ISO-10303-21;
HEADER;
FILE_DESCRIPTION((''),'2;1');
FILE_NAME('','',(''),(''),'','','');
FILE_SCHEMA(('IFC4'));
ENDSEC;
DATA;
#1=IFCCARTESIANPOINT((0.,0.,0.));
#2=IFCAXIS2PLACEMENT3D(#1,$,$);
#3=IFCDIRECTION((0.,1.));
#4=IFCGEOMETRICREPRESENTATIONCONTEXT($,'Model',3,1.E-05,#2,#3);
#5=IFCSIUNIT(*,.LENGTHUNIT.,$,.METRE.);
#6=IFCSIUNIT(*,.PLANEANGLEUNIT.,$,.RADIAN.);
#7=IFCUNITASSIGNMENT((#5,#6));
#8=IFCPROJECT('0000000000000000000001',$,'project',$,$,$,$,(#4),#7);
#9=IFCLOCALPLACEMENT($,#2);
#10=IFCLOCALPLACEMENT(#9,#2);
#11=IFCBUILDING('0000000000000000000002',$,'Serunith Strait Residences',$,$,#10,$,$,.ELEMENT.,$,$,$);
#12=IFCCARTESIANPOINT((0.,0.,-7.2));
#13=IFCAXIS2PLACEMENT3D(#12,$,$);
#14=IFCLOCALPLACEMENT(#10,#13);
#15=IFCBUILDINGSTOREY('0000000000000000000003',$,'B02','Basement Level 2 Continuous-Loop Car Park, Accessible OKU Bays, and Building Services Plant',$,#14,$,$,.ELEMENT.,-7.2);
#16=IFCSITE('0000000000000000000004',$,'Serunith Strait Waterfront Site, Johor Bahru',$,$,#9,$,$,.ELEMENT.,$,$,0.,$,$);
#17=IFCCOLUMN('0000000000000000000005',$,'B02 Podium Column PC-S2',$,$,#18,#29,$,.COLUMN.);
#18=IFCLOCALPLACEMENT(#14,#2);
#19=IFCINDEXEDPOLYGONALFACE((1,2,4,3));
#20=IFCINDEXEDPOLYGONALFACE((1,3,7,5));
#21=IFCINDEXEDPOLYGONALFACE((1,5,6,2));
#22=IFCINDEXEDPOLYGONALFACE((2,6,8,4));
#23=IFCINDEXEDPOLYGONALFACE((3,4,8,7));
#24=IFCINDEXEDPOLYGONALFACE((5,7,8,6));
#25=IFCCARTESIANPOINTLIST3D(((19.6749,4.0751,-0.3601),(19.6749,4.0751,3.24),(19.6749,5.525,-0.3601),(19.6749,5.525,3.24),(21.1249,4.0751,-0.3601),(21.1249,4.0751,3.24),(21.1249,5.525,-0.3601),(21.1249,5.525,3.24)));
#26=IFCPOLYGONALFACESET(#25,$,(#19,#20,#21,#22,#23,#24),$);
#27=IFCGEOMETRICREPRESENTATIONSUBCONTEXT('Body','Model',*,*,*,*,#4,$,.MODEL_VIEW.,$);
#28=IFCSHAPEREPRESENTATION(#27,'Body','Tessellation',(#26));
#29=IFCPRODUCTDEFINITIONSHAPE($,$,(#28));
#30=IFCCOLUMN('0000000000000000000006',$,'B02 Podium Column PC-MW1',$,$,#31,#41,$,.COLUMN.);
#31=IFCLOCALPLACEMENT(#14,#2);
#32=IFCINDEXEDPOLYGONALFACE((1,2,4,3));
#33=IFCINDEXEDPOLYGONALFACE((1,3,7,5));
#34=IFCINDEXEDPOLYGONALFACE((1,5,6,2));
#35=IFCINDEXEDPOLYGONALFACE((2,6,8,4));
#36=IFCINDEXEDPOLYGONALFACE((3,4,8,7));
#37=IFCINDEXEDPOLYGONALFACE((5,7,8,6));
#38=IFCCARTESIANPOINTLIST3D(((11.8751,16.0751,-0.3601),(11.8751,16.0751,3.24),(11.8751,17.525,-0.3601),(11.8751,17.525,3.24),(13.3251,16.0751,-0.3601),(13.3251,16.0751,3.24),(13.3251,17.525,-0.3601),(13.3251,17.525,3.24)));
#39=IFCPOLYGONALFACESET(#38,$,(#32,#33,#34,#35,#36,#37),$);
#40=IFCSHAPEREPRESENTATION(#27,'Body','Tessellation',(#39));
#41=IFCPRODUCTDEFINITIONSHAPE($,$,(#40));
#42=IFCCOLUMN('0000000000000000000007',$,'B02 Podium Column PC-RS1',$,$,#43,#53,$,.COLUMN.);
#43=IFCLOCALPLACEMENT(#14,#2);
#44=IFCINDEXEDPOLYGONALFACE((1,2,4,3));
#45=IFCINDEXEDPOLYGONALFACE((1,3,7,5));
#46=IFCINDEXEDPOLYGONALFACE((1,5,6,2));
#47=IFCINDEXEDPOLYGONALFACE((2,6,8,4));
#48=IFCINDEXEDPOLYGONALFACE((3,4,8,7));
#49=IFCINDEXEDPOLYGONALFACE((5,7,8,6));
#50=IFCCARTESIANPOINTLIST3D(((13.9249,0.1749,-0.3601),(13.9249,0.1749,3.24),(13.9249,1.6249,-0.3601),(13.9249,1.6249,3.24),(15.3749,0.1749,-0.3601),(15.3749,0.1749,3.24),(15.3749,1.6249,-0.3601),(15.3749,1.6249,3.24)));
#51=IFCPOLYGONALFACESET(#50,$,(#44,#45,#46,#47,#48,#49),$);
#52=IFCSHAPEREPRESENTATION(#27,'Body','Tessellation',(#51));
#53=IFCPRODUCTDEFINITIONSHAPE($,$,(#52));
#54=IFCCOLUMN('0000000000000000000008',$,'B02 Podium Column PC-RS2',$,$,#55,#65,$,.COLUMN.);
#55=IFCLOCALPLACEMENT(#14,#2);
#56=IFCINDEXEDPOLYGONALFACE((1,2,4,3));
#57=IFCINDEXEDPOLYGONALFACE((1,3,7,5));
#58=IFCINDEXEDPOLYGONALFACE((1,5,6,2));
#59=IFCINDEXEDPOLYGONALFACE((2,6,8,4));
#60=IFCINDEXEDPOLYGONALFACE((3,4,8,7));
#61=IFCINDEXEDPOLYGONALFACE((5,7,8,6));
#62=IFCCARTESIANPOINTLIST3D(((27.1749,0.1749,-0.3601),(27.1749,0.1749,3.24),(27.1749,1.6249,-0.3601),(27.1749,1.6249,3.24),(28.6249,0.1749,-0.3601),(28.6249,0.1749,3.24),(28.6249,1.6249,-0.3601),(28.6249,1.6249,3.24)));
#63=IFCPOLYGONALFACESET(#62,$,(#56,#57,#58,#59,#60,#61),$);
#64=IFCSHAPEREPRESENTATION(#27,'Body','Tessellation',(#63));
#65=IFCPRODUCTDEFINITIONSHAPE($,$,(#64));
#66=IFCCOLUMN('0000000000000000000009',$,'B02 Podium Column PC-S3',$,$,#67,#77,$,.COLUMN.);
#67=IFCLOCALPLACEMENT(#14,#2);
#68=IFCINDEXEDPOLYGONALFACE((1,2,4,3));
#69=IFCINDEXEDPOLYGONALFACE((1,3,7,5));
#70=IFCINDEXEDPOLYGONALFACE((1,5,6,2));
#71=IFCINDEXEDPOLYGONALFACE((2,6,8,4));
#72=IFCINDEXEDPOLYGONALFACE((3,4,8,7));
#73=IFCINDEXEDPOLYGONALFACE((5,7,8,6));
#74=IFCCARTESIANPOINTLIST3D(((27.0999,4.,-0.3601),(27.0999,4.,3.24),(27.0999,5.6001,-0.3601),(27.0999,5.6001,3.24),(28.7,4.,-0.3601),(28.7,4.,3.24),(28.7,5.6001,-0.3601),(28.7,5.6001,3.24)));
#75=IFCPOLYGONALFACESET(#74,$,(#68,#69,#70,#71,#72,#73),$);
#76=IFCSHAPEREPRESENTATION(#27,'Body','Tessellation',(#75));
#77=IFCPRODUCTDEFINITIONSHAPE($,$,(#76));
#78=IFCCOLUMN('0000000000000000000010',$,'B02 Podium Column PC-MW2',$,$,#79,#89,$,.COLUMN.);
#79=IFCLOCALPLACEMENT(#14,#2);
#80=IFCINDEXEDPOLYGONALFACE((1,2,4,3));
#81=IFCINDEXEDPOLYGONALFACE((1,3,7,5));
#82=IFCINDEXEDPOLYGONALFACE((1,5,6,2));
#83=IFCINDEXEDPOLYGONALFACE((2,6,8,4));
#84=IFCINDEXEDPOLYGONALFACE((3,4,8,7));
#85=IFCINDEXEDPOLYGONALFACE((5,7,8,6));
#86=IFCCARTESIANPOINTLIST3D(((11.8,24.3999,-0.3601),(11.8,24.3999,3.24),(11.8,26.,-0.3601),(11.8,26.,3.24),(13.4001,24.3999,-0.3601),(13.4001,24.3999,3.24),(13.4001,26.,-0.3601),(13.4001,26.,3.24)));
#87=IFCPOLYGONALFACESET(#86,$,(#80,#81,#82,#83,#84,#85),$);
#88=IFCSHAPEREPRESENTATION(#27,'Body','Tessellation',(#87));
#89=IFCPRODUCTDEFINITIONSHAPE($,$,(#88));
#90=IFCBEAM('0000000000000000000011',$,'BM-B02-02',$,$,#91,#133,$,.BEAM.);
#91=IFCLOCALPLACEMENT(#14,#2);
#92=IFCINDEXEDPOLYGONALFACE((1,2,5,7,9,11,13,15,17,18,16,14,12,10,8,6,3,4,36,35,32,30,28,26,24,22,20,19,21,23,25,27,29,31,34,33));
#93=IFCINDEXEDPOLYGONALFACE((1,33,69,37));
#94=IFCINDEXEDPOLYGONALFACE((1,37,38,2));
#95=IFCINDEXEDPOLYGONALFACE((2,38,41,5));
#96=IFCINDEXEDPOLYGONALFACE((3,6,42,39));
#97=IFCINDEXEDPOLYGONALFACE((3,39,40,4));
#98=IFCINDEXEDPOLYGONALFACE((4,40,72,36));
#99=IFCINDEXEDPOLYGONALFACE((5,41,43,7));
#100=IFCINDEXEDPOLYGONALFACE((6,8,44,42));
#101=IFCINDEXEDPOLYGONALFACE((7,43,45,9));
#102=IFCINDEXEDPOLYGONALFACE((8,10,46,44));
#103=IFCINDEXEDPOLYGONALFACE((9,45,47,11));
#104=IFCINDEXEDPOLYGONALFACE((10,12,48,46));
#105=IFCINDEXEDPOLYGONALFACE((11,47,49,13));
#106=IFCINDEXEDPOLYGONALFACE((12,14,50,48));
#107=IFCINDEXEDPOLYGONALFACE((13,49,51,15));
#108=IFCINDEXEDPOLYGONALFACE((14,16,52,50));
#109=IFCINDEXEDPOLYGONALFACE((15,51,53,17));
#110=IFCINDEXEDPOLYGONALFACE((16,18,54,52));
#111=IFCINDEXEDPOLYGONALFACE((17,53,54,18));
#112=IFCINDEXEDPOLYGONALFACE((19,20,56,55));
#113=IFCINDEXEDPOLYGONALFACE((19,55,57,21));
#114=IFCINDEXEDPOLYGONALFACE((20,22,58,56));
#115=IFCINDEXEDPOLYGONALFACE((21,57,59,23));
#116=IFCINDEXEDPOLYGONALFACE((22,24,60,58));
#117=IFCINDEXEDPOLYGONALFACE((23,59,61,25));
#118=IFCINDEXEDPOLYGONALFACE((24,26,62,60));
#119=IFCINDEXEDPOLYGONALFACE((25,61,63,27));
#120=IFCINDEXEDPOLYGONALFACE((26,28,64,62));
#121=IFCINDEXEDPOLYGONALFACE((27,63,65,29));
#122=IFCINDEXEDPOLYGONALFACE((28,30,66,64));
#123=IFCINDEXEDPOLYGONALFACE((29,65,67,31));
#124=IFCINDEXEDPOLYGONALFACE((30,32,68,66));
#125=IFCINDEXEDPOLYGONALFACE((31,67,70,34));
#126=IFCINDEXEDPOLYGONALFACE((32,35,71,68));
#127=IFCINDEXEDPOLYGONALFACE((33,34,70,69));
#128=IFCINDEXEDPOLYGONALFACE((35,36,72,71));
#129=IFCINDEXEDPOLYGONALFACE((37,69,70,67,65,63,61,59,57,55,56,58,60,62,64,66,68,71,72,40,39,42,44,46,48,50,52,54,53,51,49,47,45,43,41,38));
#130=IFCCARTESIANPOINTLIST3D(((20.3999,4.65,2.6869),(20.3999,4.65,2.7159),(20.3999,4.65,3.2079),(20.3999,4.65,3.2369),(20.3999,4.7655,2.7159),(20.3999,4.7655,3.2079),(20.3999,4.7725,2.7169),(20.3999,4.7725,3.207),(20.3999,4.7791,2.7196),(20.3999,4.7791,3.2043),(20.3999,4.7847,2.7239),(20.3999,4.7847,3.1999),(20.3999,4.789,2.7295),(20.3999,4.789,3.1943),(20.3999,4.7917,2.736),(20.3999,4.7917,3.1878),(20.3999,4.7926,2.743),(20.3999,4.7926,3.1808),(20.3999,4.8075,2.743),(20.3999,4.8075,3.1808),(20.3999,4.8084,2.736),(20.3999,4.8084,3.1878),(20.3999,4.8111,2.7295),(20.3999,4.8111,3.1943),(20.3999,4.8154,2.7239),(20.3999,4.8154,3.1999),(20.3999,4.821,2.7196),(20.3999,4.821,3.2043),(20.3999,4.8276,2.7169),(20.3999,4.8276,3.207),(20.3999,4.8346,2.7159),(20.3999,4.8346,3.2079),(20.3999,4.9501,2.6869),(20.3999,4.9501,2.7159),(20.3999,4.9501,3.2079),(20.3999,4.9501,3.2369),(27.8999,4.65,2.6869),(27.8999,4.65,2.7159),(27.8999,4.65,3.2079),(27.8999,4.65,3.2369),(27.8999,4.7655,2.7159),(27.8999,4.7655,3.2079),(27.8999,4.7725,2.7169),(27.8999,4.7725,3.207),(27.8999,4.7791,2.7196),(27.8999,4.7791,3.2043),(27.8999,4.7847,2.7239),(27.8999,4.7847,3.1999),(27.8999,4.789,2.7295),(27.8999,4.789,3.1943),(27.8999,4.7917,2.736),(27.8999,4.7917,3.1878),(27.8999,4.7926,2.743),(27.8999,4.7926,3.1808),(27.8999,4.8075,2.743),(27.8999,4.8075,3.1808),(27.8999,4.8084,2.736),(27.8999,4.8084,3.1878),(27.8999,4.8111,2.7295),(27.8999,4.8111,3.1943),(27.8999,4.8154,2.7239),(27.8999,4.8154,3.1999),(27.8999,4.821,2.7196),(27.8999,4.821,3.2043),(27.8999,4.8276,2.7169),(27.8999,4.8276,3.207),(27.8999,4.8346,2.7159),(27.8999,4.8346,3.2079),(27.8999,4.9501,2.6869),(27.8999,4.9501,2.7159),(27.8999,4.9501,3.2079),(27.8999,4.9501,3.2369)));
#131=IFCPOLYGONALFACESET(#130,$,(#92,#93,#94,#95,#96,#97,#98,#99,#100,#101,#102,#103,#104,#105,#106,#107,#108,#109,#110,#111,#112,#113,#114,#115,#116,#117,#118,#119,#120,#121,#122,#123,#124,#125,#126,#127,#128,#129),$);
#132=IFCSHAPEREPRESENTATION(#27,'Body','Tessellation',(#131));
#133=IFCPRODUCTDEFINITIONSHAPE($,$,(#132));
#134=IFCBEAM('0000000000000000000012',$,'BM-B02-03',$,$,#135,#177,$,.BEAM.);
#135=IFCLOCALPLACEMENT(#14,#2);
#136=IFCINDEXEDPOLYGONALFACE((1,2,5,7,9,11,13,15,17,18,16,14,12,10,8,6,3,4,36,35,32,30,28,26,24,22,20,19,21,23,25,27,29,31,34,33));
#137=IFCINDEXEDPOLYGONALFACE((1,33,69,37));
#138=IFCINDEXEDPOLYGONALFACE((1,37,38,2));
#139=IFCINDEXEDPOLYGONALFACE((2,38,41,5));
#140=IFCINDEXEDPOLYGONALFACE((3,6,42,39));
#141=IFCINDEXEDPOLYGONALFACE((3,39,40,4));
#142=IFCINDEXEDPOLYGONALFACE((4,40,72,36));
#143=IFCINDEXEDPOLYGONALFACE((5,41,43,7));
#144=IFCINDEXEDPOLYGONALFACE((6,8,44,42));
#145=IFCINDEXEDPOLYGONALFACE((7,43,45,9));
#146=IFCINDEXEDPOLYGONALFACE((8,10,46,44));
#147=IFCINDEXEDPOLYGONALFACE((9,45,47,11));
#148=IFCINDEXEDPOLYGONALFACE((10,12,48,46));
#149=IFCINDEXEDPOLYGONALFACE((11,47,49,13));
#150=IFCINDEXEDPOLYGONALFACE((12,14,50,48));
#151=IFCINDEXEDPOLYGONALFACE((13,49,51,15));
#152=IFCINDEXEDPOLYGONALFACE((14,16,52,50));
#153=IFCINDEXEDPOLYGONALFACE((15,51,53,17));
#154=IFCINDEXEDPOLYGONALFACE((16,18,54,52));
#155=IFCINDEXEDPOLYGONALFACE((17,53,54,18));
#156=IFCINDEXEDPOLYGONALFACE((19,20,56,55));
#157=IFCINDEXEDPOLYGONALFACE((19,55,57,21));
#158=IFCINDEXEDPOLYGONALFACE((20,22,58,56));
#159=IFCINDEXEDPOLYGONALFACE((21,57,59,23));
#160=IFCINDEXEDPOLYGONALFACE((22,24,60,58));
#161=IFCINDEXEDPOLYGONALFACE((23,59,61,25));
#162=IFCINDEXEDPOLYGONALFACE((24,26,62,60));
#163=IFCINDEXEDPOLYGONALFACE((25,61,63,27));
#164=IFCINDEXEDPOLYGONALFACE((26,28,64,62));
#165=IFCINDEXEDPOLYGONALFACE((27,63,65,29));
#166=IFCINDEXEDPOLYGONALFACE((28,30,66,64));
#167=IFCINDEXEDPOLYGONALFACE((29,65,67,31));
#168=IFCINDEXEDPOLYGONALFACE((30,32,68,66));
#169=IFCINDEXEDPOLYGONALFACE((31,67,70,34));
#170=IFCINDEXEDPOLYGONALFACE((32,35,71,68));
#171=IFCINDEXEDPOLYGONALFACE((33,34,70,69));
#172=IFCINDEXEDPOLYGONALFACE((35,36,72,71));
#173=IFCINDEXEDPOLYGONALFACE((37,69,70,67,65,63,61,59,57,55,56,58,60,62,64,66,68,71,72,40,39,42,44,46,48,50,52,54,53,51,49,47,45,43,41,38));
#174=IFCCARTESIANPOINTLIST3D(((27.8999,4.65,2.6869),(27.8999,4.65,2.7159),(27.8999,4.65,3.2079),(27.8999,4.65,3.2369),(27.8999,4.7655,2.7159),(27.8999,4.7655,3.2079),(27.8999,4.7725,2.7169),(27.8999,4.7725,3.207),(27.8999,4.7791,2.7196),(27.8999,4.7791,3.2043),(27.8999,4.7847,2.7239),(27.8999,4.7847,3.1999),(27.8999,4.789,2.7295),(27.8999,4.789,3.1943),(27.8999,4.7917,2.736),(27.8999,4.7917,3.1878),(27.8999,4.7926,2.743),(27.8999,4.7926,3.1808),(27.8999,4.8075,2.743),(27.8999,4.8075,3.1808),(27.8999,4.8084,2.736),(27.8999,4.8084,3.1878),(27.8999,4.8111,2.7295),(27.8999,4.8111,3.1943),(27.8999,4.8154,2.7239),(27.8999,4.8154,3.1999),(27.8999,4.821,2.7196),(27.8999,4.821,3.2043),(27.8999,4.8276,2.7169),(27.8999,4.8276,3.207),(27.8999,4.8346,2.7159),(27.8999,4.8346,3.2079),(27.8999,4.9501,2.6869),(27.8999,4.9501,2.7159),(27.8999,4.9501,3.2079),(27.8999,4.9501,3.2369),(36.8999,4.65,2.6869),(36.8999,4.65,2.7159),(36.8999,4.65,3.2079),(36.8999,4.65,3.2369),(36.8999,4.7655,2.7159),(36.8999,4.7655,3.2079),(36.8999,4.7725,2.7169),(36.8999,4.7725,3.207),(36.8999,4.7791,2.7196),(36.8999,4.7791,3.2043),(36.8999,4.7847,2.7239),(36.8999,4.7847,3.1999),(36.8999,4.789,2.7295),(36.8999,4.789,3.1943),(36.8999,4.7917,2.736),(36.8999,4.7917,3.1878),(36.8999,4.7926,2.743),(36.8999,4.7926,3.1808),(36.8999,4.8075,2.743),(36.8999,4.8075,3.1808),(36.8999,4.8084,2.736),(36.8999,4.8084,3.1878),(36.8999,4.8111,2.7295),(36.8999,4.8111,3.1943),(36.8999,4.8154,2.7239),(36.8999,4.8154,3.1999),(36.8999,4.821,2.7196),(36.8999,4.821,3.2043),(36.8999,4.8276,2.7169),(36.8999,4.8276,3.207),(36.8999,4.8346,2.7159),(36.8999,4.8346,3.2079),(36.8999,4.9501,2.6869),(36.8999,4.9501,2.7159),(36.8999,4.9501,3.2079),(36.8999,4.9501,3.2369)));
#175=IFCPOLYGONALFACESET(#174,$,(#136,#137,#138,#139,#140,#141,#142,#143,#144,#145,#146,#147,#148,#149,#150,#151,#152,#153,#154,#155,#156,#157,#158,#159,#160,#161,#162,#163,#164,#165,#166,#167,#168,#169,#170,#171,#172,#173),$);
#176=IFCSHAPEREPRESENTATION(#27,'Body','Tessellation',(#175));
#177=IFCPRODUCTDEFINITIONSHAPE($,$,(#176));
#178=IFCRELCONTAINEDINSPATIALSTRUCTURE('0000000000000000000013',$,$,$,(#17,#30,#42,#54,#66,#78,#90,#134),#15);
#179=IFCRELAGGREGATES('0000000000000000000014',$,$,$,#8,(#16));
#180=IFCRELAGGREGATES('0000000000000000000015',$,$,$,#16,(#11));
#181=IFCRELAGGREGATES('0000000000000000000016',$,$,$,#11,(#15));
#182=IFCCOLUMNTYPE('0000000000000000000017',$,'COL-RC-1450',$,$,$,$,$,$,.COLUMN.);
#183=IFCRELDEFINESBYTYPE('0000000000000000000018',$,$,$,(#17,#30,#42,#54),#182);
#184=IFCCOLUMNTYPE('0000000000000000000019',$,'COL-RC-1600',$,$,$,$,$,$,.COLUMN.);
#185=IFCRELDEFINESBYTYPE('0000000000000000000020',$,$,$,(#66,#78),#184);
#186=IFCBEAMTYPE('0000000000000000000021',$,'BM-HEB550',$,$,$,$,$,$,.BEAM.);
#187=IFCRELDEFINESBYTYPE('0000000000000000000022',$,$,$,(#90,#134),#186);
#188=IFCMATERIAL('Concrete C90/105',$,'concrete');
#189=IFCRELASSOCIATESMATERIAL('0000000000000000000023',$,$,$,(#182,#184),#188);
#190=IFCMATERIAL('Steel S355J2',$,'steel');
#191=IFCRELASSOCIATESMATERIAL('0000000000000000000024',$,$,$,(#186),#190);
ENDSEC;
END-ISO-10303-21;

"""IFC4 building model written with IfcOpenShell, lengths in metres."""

from ifc_helpers import new_model, si_unit, direction, frame, origin, origin_2d, place, context, subcontext, project, spatial, rectangle, i_section, extrude, source, transform, mapped, material, material_profile, profile_set, type_object, element, save


model = new_model("IFC4")

# Units and contexts
model_context = context("Model", 3, precision=1e-05, world=origin(), true_north=direction((0.0, 1.0)))
body_context = subcontext(model_context, "Body", "Model", "MODEL_VIEW")
ifc_project = project(units=[si_unit("LENGTHUNIT", "METRE"), si_unit("PLANEANGLEUNIT", "RADIAN")], contexts=[model_context])

# Site, building, storey
site_placement = place(None, origin())
site = spatial("IfcSite", under=ifc_project, at=site_placement, Name="Serunith Strait Waterfront Site, Johor Bahru", CompositionType="ELEMENT", RefElevation=0.0)
building_placement = place(site_placement, origin())
building = spatial("IfcBuilding", under=site, at=building_placement, Name="Serunith Strait Residences", CompositionType="ELEMENT")
storey_placement = place(building_placement, frame((0.0, 0.0, -7.2)))
storey = spatial("IfcBuildingStorey", under=building, at=storey_placement, Name="B02", Description="Basement Level 2 Continuous-Loop Car Park, Accessible OKU Bays, and Building Services Plant", CompositionType="ELEMENT", Elevation=-7.2)

# Columns
ifc_material_1 = material(Name="Concrete C90/105", Category="concrete")
ifc_material_profile_1 = material_profile(ifc_material_1, rectangle(XDim=1.45, YDim=1.45, at=origin_2d()), Name="RC 1450x1450")
ifc_profile_set_1 = profile_set([ifc_material_profile_1], Name="Concrete C90/105")
column_type_1 = type_object("IfcColumnType", Name="COL-RC-1450", PredefinedType="COLUMN", material=ifc_profile_set_1)
shared_shape_1 = source(origin(), body_context, "Body", "SweptSolid", [
    extrude(rectangle(XDim=1.45, YDim=1.45, at=origin_2d()), origin(), (0.0, 0.0, 1.0), 3.6001),
])
for number, where, z_axis, x_axis, name in (
    (1, (20.3999, 4.8, -0.3601), (0.0, 0.0, 1.0), (1.0, 0.0, 0.0), "B02 Podium Column PC-S2"),
    (2, (12.6001, 16.8, -0.3601), (0.0, 0.0, 1.0), (1.0, 0.0, 0.0), "B02 Podium Column PC-MW1"),
    (3, (14.6499, 0.8999, -0.3601), (0.0, 0.0, 1.0), (1.0, 0.0, 0.0), "B02 Podium Column PC-RS1"),
    (4, (27.8999, 0.8999, -0.3601), (0.0, 0.0, 1.0), (1.0, 0.0, 0.0), "B02 Podium Column PC-RS2"),
):
    element("IfcColumn", number, at=place(storey_placement, frame(where, z_axis=z_axis, x_axis=x_axis)), inside=storey, type_object=column_type_1, Name=name, PredefinedType="COLUMN", context=body_context, shape_type="MappedRepresentation", body=[
        mapped(shared_shape_1, transform((0.0, 0.0, 0.0), scale=1.0)),
    ])
ifc_material_profile_2 = material_profile(ifc_material_1, rectangle(XDim=1.6001, YDim=1.6001, at=origin_2d()), Name="RC 1600x1600")
ifc_profile_set_2 = profile_set([ifc_material_profile_2], Name="Concrete C90/105")
column_type_2 = type_object("IfcColumnType", Name="COL-RC-1600", PredefinedType="COLUMN", material=ifc_profile_set_2)
shared_shape_2 = source(origin(), body_context, "Body", "SweptSolid", [
    extrude(rectangle(XDim=1.6001, YDim=1.6001, at=origin_2d()), origin(), (0.0, 0.0, 1.0), 3.6001),
])
for number, where, z_axis, x_axis, name in (
    (5, (27.8999, 4.8, -0.3601), (0.0, 0.0, 1.0), (1.0, 0.0, 0.0), "B02 Podium Column PC-S3"),
    (6, (12.6001, 25.2, -0.3601), (0.0, 0.0, 1.0), (1.0, 0.0, 0.0), "B02 Podium Column PC-MW2"),
):
    element("IfcColumn", number, at=place(storey_placement, frame(where, z_axis=z_axis, x_axis=x_axis)), inside=storey, type_object=column_type_2, Name=name, PredefinedType="COLUMN", context=body_context, shape_type="MappedRepresentation", body=[
        mapped(shared_shape_2, transform((0.0, 0.0, 0.0), scale=1.0)),
    ])

# Beams
ifc_material_2 = material(Name="Steel S355J2", Category="steel")
ifc_material_profile_3 = material_profile(ifc_material_2, i_section(OverallWidth=0.3, OverallDepth=0.55, WebThickness=0.0149, FlangeThickness=0.0291, FilletRadius=0.0271, at=origin_2d()), Name="HEB 550")
ifc_profile_set_3 = profile_set([ifc_material_profile_3], Name="Steel S355J2")
beam_type_1 = type_object("IfcBeamType", Name="BM-HEB550", PredefinedType="BEAM", material=ifc_profile_set_3)
shared_shape_3 = source(origin(), body_context, "Body", "SweptSolid", [
    extrude(i_section(OverallWidth=0.3, OverallDepth=0.55, WebThickness=0.0149, FlangeThickness=0.0291, FilletRadius=0.0271, at=origin_2d()), origin(), (0.0, 0.0, 1.0), 7.5),
])
beam_1_placement = place(storey_placement, frame((20.3999, 4.8, 2.9619), z_axis=(1.0, 0.0, 0.0), x_axis=(0.0, 1.0, 0.0)))
element("IfcBeam", 7, at=beam_1_placement, inside=storey, type_object=beam_type_1, Name="BM-B02-02", PredefinedType="BEAM", context=body_context, shape_type="MappedRepresentation", body=[
    mapped(shared_shape_3, transform((0.0, 0.0, 0.0), scale=1.0)),
])
shared_shape_4 = source(origin(), body_context, "Body", "SweptSolid", [
    extrude(i_section(OverallWidth=0.3, OverallDepth=0.55, WebThickness=0.0149, FlangeThickness=0.0291, FilletRadius=0.0271, at=origin_2d()), origin(), (0.0, 0.0, 1.0), 9.0),
])
beam_2_placement = place(storey_placement, frame((27.8999, 4.8, 2.9619), z_axis=(1.0, 0.0, 0.0), x_axis=(0.0, 1.0, 0.0)))
element("IfcBeam", 8, at=beam_2_placement, inside=storey, type_object=beam_type_1, Name="BM-B02-03", PredefinedType="BEAM", context=body_context, shape_type="MappedRepresentation", body=[
    mapped(shared_shape_4, transform((0.0, 0.0, 0.0), scale=1.0)),
])

save(model, "model.ifc")
